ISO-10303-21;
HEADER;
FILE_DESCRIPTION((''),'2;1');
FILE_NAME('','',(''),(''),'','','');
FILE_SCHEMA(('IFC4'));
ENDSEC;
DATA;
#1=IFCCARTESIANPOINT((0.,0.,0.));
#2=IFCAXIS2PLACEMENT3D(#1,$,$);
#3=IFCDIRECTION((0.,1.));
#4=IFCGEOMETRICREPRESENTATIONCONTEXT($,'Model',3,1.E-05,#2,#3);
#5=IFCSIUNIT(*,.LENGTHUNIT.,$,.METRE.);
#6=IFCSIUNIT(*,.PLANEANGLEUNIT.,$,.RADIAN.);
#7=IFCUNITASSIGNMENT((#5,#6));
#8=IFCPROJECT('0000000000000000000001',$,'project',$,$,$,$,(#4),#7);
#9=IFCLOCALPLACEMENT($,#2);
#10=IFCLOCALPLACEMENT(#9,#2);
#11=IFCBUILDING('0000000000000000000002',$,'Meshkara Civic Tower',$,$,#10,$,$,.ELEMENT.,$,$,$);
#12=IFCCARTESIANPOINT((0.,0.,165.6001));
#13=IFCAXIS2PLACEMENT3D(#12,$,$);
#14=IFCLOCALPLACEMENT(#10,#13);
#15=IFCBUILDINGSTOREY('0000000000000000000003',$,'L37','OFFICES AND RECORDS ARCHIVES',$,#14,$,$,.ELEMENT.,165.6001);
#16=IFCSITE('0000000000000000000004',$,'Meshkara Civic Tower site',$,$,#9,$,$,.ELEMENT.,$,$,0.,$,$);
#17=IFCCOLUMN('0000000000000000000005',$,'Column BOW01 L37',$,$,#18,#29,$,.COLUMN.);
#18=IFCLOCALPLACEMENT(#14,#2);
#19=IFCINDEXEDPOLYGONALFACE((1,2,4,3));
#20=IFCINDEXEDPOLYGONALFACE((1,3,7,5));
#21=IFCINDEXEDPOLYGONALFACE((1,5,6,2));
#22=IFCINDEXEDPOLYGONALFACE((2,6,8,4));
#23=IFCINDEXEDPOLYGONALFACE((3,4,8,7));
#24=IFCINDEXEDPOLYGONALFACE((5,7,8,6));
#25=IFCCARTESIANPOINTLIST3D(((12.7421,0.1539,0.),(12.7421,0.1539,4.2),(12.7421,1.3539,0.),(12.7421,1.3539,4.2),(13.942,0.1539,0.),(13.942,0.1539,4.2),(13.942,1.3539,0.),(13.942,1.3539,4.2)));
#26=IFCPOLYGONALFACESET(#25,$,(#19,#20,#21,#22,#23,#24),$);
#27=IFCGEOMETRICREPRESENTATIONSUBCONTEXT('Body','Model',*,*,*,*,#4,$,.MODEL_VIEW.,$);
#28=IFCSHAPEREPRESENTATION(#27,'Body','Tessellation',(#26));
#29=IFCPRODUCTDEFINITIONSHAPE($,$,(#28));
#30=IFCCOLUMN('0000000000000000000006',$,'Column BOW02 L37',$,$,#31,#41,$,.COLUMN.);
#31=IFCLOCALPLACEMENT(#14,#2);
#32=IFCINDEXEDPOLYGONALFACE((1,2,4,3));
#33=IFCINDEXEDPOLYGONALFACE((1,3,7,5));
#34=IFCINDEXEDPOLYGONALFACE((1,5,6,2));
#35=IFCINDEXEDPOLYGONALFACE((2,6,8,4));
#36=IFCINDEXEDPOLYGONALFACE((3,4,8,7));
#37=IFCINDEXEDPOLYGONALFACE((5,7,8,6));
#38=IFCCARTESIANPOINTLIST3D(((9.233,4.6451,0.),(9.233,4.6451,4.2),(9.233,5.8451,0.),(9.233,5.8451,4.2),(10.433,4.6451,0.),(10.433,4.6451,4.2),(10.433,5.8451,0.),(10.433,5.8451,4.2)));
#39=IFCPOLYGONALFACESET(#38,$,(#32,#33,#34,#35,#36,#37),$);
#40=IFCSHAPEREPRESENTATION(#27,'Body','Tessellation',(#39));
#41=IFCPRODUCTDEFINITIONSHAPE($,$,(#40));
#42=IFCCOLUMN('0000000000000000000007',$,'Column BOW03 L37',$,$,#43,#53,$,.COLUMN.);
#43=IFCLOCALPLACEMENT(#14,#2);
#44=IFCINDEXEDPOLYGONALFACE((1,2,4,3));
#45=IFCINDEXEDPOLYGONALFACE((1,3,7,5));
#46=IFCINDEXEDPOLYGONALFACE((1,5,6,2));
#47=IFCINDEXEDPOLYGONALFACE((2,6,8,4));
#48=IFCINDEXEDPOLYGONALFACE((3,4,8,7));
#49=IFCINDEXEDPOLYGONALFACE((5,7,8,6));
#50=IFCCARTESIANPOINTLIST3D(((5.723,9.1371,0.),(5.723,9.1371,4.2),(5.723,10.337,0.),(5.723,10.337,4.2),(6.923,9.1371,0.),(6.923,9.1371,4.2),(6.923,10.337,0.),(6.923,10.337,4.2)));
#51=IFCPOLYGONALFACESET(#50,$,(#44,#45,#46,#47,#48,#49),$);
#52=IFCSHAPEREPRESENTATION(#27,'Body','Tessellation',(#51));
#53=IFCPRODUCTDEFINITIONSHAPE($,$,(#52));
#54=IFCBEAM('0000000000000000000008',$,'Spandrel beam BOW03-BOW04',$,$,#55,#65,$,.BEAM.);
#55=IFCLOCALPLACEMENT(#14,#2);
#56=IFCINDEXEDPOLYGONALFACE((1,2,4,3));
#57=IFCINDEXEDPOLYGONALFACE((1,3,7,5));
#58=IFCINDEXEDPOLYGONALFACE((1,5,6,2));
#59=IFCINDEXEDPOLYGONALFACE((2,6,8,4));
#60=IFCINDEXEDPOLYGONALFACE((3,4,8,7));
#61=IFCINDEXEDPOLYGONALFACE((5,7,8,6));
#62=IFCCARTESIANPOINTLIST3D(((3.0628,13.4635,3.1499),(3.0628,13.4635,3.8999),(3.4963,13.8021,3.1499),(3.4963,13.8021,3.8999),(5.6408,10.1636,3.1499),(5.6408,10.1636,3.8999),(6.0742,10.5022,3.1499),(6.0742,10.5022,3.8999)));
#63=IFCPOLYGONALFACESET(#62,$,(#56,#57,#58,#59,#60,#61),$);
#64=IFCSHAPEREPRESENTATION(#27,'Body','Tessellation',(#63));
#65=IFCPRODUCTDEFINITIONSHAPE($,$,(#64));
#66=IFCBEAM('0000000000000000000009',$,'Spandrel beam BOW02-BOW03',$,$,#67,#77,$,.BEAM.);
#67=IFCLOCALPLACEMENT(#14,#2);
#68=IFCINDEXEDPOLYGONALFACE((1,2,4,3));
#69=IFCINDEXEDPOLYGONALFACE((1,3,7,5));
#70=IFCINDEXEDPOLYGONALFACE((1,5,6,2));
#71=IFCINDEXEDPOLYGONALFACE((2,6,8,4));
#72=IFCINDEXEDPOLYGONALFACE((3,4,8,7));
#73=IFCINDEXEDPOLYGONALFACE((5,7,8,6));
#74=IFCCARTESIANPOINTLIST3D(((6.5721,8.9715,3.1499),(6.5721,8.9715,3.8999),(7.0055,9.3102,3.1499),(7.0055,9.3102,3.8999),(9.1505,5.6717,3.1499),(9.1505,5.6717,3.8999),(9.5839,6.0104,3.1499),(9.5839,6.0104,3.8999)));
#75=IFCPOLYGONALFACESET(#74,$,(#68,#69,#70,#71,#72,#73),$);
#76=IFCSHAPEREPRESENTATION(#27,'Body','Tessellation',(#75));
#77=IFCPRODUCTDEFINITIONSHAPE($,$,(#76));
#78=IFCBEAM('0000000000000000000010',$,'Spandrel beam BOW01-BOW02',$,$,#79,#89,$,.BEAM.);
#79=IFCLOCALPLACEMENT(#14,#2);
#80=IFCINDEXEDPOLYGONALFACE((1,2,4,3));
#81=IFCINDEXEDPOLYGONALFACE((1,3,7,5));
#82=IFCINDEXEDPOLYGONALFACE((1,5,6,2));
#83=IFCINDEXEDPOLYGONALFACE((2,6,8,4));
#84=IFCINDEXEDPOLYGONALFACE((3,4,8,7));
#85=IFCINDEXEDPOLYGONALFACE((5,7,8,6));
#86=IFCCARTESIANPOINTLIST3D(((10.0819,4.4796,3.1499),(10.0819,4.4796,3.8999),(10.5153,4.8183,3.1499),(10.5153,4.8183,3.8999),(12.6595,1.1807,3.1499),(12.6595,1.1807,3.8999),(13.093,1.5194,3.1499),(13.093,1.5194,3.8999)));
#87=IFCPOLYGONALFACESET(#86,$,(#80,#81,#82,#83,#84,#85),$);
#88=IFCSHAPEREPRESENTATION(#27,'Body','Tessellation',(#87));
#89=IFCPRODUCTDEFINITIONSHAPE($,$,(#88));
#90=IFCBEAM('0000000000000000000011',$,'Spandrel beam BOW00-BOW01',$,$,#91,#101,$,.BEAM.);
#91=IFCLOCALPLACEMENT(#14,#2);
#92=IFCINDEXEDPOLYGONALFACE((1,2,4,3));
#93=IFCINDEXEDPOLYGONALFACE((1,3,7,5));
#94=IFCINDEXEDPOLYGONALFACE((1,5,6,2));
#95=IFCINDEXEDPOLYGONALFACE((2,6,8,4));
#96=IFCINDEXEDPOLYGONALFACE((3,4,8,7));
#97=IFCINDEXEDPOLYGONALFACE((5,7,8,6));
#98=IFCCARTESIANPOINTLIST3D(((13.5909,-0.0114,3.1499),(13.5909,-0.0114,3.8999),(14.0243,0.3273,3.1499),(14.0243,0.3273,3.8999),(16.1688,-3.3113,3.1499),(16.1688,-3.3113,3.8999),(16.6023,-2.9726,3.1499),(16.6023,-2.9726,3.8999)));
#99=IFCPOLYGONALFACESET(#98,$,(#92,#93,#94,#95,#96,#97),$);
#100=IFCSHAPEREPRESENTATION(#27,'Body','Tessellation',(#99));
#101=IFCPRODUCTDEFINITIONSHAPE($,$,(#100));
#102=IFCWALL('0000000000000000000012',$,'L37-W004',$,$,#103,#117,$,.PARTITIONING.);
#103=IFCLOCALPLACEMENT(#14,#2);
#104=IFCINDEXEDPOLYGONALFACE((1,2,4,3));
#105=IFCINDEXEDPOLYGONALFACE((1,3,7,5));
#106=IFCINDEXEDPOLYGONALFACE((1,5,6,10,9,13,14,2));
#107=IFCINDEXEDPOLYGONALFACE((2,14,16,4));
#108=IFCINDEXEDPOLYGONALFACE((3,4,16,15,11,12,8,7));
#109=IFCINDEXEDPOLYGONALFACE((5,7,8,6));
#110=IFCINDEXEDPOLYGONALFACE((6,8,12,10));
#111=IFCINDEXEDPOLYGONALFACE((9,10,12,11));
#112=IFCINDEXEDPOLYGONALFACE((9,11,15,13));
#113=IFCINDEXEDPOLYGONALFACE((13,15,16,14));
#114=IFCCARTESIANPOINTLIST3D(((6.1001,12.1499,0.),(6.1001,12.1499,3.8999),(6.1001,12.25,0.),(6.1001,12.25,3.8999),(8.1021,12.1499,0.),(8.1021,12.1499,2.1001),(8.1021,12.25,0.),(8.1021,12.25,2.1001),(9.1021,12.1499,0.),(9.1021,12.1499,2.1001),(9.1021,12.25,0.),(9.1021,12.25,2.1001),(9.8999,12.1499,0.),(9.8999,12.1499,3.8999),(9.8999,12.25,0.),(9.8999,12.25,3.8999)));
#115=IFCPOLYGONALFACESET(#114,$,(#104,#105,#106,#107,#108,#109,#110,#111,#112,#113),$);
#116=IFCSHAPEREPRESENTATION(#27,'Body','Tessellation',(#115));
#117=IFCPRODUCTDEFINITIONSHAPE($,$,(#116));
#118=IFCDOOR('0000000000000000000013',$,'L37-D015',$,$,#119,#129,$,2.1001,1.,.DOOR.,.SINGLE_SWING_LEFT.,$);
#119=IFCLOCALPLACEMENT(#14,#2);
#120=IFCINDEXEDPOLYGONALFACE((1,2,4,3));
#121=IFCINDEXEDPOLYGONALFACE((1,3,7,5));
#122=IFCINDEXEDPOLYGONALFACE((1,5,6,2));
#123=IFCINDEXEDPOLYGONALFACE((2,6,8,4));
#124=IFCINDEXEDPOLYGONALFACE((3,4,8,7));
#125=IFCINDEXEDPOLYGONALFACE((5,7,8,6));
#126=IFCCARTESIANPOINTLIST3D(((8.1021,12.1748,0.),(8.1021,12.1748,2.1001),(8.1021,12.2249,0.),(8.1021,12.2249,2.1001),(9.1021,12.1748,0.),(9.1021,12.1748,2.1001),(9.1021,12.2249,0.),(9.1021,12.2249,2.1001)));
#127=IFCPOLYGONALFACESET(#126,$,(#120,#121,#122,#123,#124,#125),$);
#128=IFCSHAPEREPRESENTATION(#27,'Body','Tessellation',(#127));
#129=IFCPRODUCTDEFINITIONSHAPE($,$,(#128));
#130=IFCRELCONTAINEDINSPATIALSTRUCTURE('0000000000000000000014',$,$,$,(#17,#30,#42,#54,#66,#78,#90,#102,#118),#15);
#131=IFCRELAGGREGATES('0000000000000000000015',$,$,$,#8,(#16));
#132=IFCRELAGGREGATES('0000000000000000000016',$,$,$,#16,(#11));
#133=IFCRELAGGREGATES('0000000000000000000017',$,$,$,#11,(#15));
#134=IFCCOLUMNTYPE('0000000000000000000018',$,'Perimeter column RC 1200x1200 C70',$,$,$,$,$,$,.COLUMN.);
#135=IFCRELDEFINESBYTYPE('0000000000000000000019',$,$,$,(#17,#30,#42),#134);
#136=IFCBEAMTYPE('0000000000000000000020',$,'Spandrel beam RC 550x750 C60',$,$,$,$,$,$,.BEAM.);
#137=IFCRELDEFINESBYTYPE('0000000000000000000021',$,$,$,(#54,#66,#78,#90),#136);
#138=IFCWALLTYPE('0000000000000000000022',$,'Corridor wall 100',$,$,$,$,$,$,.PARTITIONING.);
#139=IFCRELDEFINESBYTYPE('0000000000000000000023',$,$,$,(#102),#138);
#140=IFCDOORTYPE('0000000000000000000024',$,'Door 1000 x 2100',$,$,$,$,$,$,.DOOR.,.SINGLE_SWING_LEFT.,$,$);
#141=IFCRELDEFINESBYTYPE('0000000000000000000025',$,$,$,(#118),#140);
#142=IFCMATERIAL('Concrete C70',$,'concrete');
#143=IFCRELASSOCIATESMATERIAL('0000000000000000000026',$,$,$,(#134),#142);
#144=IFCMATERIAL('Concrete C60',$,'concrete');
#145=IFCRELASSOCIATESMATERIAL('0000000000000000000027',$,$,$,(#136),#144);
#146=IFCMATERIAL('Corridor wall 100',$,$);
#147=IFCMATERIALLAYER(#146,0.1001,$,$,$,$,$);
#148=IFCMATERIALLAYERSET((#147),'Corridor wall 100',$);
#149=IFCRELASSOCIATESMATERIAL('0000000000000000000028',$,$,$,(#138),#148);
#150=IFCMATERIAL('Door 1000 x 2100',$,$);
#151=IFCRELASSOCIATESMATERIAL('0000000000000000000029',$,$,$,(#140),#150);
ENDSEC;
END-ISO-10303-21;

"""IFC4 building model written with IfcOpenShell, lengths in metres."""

from ifc_helpers import new_model, si_unit, direction, frame, frame_2d, origin, origin_2d, place, context, subcontext, project, spatial, rectangle, extrude, material, layer, layer_set, material_profile, profile_set, type_object, element, fill, save


model = new_model("IFC4")

# Units and contexts
model_context = context("Model", 3, precision=1e-05, world=origin(), true_north=direction((0.0, 1.0)))
body_context = subcontext(model_context, "Body", "Model", "MODEL_VIEW")
ifc_project = project(units=[si_unit("LENGTHUNIT", "METRE"), si_unit("PLANEANGLEUNIT", "RADIAN")], contexts=[model_context])

# Site, building, storey
site_placement = place(None, origin())
site = spatial("IfcSite", under=ifc_project, at=site_placement, Name="Meshkara Civic Tower site", CompositionType="ELEMENT", RefElevation=0.0)
building_placement = place(site_placement, origin())
building = spatial("IfcBuilding", under=site, at=building_placement, Name="Meshkara Civic Tower", CompositionType="ELEMENT")
storey_placement = place(building_placement, frame((0.0, 0.0, 165.6001)))
storey = spatial("IfcBuildingStorey", under=building, at=storey_placement, Name="L37", Description="OFFICES AND RECORDS ARCHIVES", CompositionType="ELEMENT", Elevation=165.6001)

# Columns
ifc_material_1 = material(Name="Concrete C70", Category="concrete")
ifc_material_profile_1 = material_profile(ifc_material_1, rectangle(XDim=1.2, YDim=1.2, at=origin_2d()))
ifc_profile_set_1 = profile_set([ifc_material_profile_1], Name="Concrete C70")
column_type = type_object("IfcColumnType", Name="Perimeter column RC 1200x1200 C70", PredefinedType="COLUMN", material=ifc_profile_set_1)
for number, where, z_axis, x_axis, name in (
    (1, (13.342, 0.7539, 0.0), (0.0, 0.0, 1.0), (1.0, 0.0, 0.0), "Column BOW01 L37"),
    (2, (9.833, 5.2451, 0.0), (0.0, 0.0, 1.0), (1.0, 0.0, 0.0), "Column BOW02 L37"),
    (3, (6.323, 9.7371, 0.0), (0.0, 0.0, 1.0), (1.0, 0.0, 0.0), "Column BOW03 L37"),
):
    element("IfcColumn", number, at=place(storey_placement, frame(where, z_axis=z_axis, x_axis=x_axis)), inside=storey, type_object=column_type, Name=name, PredefinedType="COLUMN", context=body_context, shape_type="SweptSolid", body=[
        extrude(rectangle(XDim=1.2, YDim=1.2, at=origin_2d()), origin(), (0.0, 0.0, 1.0), 4.2),
    ])

# Beams
ifc_material_2 = material(Name="Concrete C60", Category="concrete")
ifc_material_profile_2 = material_profile(ifc_material_2, rectangle(XDim=0.55, YDim=0.75, at=origin_2d()))
ifc_profile_set_2 = profile_set([ifc_material_profile_2], Name="Concrete C60")
beam_type = type_object("IfcBeamType", Name="Spandrel beam RC 550x750 C60", PredefinedType="BEAM", material=ifc_profile_set_2)
beam_1_placement = place(storey_placement, frame((3.2795, 13.6328, 3.5249), z_axis=(0.61563, -0.788035, 0.0), x_axis=(0.788035, 0.61563, 0.0)))
element("IfcBeam", 4, at=beam_1_placement, inside=storey, type_object=beam_type, Name="Spandrel beam BOW03-BOW04", PredefinedType="BEAM", context=body_context, shape_type="SweptSolid", body=[
    extrude(rectangle(XDim=0.55, YDim=0.75, at=origin_2d()), origin(), (0.0, 0.0, 1.0), 4.1875),
])
beam_2_placement = place(storey_placement, frame((6.7888, 9.1409, 3.5249), z_axis=(0.615703, -0.787978, 0.0), x_axis=(0.787978, 0.615703, 0.0)))
element("IfcBeam", 5, at=beam_2_placement, inside=storey, type_object=beam_type, Name="Spandrel beam BOW02-BOW03", PredefinedType="BEAM", context=body_context, shape_type="SweptSolid", body=[
    extrude(rectangle(XDim=0.55, YDim=0.75, at=origin_2d()), origin(), (0.0, 0.0, 1.0), 4.1877),
])
beam_3_placement = place(storey_placement, frame((10.2986, 4.6489, 3.5249), z_axis=(0.615707, -0.787975, 0.0), x_axis=(0.787975, 0.615707, 0.0)))
element("IfcBeam", 6, at=beam_3_placement, inside=storey, type_object=beam_type, Name="Spandrel beam BOW01-BOW02", PredefinedType="BEAM", context=body_context, shape_type="SweptSolid", body=[
    extrude(rectangle(XDim=0.55, YDim=0.75, at=origin_2d()), origin(), (0.0, 0.0, 1.0), 4.1865),
])
beam_4_placement = place(storey_placement, frame((13.8076, 0.158, 3.5249), z_axis=(0.61563, -0.788035, 0.0), x_axis=(0.788035, 0.61563, 0.0)))
element("IfcBeam", 7, at=beam_4_placement, inside=storey, type_object=beam_type, Name="Spandrel beam BOW00-BOW01", PredefinedType="BEAM", context=body_context, shape_type="SweptSolid", body=[
    extrude(rectangle(XDim=0.55, YDim=0.75, at=origin_2d()), origin(), (0.0, 0.0, 1.0), 4.1875),
])

# Wall, opening, door
ifc_material_3 = material(Name="Corridor wall 100")
ifc_layer_1 = layer(ifc_material_3, 0.1001)
ifc_layer_set_1 = layer_set([ifc_layer_1], Name="Corridor wall 100")
wall_type_1 = type_object("IfcWallType", Name="Corridor wall 100", PredefinedType="PARTITIONING", material=ifc_layer_set_1)
wall_1_placement = place(storey_placement, frame((6.1001, 12.2, 0.0), z_axis=(0.0, 0.0, 1.0), x_axis=(1.0, 0.0, 0.0)))
wall_1 = element("IfcWall", 8, at=wall_1_placement, inside=storey, type_object=wall_type_1, Name="L37-W004", PredefinedType="PARTITIONING", context=body_context, shape_type="SweptSolid", body=[
    extrude(rectangle(XDim=3.7998, YDim=0.1001, at=frame_2d((1.8999, 0.0))), origin(), (0.0, 0.0, 1.0), 3.8999),
])
opening_1_placement = place(wall_1_placement, frame((2.002, 0.0, 0.0)))
opening_1 = element("IfcOpeningElement", 9, at=opening_1_placement, cuts=wall_1, PredefinedType="OPENING", context=body_context, shape_type="SweptSolid", body=[
    extrude(rectangle(XDim=1.0, YDim=2.1001, at=frame_2d((0.5, 1.05))), frame((0.0, 0.0601, 0.0), z_axis=(0.0, -1.0, 0.0), x_axis=(1.0, 0.0, 0.0)), (0.0, 0.0, 1.0), 0.1201),
])
ifc_material_4 = material(Name="Door 1000 x 2100")
door_type_1 = type_object("IfcDoorType", Name="Door 1000 x 2100", OperationType="SINGLE_SWING_LEFT", PredefinedType="DOOR", material=ifc_material_4)
door_1_placement = place(opening_1_placement, origin())
door_1 = element("IfcDoor", 10, at=door_1_placement, inside=storey, type_object=door_type_1, Name="L37-D015", OperationType="SINGLE_SWING_LEFT", OverallHeight=2.1001, OverallWidth=1.0, PredefinedType="DOOR", context=body_context, shape_type="SweptSolid", body=[
    extrude(rectangle(XDim=1.0, YDim=2.1001, at=frame_2d((0.5, 1.05))), frame((0.0, 0.0249, 0.0), z_axis=(0.0, -1.0, 0.0), x_axis=(1.0, 0.0, 0.0)), (0.0, 0.0, 1.0), 0.05),
])
fill(opening_1, door_1)

save(model, "model.ifc")
